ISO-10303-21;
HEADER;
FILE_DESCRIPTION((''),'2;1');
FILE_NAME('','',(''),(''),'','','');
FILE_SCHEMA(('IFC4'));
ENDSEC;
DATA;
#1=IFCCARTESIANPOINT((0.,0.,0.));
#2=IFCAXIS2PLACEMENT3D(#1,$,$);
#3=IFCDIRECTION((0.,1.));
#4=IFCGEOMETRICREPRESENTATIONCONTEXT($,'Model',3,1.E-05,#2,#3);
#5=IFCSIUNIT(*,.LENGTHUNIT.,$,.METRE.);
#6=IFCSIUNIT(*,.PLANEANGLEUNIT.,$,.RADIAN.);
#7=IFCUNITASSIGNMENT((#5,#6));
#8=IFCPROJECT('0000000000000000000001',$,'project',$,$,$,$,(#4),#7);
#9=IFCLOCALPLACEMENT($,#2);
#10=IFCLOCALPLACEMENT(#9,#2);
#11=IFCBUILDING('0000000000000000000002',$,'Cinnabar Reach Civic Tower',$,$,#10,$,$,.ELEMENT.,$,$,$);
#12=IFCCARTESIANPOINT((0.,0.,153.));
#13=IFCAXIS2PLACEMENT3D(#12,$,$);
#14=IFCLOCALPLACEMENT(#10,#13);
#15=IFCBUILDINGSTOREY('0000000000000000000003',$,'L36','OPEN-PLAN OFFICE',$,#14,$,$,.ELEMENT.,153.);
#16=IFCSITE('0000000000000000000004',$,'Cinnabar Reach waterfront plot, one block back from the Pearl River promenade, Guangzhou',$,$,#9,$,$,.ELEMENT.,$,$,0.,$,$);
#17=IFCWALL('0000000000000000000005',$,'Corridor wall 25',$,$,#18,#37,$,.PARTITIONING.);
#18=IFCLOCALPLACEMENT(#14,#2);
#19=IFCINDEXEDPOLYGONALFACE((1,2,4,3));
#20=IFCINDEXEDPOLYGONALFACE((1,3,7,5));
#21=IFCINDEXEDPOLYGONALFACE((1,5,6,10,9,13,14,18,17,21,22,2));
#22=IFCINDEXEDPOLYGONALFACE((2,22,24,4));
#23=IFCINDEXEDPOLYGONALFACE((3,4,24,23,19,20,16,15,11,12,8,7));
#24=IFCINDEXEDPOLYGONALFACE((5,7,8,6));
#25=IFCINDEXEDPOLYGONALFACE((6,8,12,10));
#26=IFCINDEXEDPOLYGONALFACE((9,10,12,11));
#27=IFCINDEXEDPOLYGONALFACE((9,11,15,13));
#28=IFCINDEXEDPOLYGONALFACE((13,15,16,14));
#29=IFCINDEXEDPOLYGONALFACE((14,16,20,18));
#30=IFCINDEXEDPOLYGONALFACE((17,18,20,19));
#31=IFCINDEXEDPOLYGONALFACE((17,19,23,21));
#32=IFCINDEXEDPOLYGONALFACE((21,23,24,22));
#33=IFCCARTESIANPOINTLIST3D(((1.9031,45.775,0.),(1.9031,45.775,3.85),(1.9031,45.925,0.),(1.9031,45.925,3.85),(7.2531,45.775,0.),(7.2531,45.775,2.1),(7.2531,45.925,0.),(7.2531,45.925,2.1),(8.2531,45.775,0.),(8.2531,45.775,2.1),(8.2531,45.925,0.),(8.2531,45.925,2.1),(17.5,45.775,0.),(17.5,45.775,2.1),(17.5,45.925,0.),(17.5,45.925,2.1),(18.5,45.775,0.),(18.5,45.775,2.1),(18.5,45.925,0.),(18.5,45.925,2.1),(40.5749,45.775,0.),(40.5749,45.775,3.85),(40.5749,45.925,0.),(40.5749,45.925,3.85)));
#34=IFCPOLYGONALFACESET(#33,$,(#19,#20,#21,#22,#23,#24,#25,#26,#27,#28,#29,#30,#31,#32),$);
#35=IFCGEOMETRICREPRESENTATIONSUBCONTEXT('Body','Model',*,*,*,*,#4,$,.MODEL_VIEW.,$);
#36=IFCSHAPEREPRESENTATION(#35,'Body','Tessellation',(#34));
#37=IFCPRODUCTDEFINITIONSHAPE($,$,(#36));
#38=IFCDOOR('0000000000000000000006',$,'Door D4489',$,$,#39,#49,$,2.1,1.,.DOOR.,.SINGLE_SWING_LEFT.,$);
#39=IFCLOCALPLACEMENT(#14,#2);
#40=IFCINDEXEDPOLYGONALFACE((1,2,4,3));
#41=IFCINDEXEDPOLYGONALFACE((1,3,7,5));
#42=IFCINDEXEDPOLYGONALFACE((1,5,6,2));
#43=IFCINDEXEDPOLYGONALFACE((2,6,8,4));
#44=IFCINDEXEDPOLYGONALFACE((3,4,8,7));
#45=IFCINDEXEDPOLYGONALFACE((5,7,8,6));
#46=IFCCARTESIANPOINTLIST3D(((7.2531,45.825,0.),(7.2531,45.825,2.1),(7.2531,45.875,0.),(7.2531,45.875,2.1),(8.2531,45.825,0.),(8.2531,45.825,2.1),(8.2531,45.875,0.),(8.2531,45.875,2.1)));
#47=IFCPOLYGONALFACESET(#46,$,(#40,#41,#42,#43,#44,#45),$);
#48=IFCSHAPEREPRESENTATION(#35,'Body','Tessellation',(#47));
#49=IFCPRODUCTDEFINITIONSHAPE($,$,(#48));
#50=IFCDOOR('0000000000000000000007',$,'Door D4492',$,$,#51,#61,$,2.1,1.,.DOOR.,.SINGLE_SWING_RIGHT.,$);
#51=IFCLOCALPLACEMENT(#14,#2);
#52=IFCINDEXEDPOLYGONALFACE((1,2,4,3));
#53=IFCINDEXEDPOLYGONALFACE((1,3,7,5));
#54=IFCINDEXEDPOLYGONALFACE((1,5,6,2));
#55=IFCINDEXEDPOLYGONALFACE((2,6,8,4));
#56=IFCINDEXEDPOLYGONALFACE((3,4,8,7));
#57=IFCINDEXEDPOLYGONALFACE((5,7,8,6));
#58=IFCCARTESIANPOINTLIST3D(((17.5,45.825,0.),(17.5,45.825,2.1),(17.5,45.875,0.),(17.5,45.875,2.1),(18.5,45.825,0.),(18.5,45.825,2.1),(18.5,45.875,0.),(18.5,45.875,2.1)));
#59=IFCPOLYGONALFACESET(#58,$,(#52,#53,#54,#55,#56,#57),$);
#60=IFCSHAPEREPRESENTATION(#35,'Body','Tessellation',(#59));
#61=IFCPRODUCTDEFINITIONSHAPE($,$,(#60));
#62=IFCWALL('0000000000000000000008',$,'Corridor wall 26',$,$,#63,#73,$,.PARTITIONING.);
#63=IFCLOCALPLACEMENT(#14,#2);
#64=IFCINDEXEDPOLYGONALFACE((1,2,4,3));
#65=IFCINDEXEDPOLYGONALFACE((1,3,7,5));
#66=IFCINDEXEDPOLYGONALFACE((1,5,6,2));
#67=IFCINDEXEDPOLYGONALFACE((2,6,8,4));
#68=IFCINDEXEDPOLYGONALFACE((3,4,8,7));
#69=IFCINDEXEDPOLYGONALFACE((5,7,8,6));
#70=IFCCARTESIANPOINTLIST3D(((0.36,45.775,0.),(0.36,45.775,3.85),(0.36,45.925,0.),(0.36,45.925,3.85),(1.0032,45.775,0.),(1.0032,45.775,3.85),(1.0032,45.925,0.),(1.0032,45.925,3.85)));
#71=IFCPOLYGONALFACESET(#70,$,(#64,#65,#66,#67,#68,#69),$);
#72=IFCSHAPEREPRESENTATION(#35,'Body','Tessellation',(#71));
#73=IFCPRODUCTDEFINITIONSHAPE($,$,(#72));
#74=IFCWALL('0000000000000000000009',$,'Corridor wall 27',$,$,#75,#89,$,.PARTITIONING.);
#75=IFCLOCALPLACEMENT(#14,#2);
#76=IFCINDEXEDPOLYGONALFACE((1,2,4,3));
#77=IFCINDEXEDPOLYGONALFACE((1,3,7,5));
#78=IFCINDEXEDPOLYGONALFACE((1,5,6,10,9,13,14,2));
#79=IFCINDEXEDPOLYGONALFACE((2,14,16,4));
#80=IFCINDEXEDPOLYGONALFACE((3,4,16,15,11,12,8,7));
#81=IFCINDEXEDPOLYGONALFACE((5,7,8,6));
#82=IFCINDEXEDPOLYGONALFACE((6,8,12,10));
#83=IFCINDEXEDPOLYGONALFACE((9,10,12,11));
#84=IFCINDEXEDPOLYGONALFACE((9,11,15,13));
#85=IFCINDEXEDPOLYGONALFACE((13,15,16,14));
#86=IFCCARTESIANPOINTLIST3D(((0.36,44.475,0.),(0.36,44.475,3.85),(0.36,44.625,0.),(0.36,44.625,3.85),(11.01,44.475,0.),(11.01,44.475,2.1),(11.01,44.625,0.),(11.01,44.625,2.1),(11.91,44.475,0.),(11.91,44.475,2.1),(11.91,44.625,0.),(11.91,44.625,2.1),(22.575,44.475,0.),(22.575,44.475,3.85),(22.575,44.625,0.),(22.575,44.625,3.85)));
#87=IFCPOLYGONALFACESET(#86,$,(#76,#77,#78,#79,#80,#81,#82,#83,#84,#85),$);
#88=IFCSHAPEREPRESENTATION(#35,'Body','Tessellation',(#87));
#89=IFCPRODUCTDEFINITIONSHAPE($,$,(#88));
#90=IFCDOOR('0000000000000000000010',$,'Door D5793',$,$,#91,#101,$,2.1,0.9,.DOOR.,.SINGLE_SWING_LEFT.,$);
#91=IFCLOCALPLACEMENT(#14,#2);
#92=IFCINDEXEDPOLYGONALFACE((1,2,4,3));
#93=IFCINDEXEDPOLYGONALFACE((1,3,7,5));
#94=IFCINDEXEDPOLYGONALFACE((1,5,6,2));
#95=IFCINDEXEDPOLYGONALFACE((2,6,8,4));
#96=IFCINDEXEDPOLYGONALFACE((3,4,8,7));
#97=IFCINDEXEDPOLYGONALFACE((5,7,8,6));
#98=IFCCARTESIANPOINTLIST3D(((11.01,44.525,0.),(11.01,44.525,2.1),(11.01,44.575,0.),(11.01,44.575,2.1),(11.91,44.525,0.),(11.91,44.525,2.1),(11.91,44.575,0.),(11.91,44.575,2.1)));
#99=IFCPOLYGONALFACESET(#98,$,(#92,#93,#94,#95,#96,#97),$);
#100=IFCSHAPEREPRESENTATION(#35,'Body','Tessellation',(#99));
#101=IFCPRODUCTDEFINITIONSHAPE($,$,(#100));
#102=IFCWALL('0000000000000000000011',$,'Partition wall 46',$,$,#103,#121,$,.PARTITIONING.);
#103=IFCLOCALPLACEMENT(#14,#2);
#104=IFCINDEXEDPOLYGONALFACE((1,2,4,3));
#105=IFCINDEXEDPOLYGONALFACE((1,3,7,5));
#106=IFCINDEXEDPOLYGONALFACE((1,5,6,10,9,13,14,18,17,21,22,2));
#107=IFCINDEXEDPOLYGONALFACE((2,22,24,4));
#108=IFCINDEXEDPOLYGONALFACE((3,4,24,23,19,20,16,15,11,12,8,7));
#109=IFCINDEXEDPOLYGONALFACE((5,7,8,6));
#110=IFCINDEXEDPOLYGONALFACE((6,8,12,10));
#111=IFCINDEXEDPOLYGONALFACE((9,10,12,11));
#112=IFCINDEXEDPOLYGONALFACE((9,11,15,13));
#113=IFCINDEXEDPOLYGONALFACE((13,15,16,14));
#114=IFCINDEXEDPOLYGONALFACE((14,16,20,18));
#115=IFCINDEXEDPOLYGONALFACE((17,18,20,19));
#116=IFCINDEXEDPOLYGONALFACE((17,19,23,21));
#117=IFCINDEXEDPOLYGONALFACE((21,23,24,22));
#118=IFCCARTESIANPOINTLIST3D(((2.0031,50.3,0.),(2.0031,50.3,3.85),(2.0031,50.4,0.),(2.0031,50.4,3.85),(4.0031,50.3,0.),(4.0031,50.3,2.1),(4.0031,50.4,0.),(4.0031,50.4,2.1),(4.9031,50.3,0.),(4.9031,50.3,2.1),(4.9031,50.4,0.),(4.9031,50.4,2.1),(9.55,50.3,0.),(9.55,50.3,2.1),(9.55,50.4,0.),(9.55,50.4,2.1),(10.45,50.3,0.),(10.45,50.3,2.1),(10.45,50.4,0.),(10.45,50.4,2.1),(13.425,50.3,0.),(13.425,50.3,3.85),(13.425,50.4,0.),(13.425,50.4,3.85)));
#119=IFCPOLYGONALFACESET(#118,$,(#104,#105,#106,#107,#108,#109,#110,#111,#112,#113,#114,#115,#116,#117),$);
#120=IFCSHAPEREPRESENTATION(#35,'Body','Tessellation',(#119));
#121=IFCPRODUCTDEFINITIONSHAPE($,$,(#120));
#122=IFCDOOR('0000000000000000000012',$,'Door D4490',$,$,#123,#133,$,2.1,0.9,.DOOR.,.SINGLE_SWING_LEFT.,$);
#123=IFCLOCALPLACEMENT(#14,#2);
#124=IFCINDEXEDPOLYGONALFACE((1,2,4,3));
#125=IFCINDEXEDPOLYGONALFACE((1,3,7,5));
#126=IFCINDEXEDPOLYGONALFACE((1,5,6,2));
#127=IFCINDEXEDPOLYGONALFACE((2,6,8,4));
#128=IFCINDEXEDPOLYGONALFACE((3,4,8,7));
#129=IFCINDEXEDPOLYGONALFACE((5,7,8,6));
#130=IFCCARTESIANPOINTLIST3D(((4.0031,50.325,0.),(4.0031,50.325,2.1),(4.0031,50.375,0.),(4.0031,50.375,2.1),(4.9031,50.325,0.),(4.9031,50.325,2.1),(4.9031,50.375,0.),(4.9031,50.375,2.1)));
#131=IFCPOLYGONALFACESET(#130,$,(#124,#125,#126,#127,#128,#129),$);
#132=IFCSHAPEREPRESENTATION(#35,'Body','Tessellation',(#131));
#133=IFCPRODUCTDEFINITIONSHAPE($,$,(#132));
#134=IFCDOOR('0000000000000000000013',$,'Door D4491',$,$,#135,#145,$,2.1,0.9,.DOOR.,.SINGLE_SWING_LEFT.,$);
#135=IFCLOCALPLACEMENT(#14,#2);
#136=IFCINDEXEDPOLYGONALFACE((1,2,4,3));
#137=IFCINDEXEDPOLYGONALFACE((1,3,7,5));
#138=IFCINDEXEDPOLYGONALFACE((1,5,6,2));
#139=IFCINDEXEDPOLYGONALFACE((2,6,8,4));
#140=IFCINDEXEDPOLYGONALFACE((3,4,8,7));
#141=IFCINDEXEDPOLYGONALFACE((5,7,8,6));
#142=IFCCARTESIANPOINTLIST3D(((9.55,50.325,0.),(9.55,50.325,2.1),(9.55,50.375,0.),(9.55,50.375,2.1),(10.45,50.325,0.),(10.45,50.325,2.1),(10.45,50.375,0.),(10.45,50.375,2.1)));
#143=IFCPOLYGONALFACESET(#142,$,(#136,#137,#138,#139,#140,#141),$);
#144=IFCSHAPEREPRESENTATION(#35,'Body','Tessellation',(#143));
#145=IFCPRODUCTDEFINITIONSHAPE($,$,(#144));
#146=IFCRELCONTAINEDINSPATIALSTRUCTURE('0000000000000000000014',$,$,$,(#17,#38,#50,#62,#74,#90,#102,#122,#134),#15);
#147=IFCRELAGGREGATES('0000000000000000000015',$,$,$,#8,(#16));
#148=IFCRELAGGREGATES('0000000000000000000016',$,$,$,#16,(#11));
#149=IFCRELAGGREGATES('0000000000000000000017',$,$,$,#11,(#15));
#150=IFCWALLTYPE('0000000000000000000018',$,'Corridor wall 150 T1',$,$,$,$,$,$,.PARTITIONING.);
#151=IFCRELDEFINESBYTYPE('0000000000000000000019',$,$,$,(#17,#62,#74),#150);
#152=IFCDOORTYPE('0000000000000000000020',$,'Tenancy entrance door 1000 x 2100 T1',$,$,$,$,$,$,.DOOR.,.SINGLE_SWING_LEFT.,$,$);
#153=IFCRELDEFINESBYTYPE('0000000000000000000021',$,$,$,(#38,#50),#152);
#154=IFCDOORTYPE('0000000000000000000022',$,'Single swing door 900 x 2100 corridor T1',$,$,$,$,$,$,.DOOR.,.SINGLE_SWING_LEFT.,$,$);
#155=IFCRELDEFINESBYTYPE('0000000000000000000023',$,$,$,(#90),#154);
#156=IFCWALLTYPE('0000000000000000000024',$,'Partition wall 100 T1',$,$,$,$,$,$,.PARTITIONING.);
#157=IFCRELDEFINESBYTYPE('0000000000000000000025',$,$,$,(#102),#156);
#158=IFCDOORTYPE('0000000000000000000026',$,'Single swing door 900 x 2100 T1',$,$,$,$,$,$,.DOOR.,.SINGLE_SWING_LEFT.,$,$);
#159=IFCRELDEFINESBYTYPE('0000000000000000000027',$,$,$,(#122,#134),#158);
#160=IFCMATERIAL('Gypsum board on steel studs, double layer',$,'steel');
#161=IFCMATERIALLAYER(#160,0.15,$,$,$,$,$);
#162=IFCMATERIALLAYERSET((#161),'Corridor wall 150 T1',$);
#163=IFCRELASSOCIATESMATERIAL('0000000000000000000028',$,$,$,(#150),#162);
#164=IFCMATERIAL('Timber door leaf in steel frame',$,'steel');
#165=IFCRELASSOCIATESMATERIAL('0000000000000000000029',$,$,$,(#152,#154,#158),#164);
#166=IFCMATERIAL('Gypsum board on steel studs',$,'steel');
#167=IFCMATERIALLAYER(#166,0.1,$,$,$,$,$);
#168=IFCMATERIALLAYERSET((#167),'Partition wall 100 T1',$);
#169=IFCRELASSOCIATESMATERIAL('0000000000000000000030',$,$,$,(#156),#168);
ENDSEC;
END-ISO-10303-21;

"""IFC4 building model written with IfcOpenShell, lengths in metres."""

from ifc_helpers import new_model, si_unit, direction, frame, frame_2d, origin, place, context, subcontext, project, spatial, rectangle, extrude, material, layer, layer_set, type_object, element, fill, save


model = new_model("IFC4")

# Units and contexts
model_context = context("Model", 3, precision=1e-05, world=origin(), true_north=direction((0.0, 1.0)))
body_context = subcontext(model_context, "Body", "Model", "MODEL_VIEW")
ifc_project = project(units=[si_unit("LENGTHUNIT", "METRE"), si_unit("PLANEANGLEUNIT", "RADIAN")], contexts=[model_context])

# Site, building, storey
site_placement = place(None, origin())
site = spatial("IfcSite", under=ifc_project, at=site_placement, Name="Cinnabar Reach waterfront plot, one block back from the Pearl River promenade, Guangzhou", CompositionType="ELEMENT", RefElevation=0.0)
building_placement = place(site_placement, origin())
building = spatial("IfcBuilding", under=site, at=building_placement, Name="Cinnabar Reach Civic Tower", CompositionType="ELEMENT")
storey_placement = place(building_placement, frame((0.0, 0.0, 153.0)))
storey = spatial("IfcBuildingStorey", under=building, at=storey_placement, Name="L36", Description="OPEN-PLAN OFFICE", CompositionType="ELEMENT", Elevation=153.0)

# Wall, openings, doors
ifc_material_1 = material(Name="Gypsum board on steel studs, double layer", Category="steel")
ifc_layer_1 = layer(ifc_material_1, 0.15)
ifc_layer_set_1 = layer_set([ifc_layer_1], Name="Corridor wall 150 T1")
wall_type_1 = type_object("IfcWallType", Name="Corridor wall 150 T1", PredefinedType="PARTITIONING", material=ifc_layer_set_1)
wall_1_placement = place(storey_placement, frame((1.9031, 45.85, 0.0), z_axis=(0.0, 0.0, 1.0), x_axis=(1.0, 0.0, 0.0)))
wall_1 = element("IfcWall", 1, at=wall_1_placement, inside=storey, type_object=wall_type_1, Name="Corridor wall 25", PredefinedType="PARTITIONING", context=body_context, shape_type="SweptSolid", body=[
    extrude(rectangle(XDim=38.6718, YDim=0.15, at=frame_2d((19.3359, 0.0))), origin(), (0.0, 0.0, 1.0), 3.85),
])
opening_1_placement = place(wall_1_placement, frame((5.35, 0.0, 0.0)))
opening_1 = element("IfcOpeningElement", 2, at=opening_1_placement, cuts=wall_1, PredefinedType="OPENING", context=body_context, shape_type="SweptSolid", body=[
    extrude(rectangle(XDim=1.0, YDim=2.1, at=frame_2d((0.5, 1.05))), frame((0.0, 0.085, 0.0), z_axis=(0.0, -1.0, 0.0), x_axis=(1.0, 0.0, 0.0)), (0.0, 0.0, 1.0), 0.17),
])
opening_2_placement = place(wall_1_placement, frame((15.5969, 0.0, 0.0)))
opening_2 = element("IfcOpeningElement", 3, at=opening_2_placement, cuts=wall_1, PredefinedType="OPENING", context=body_context, shape_type="SweptSolid", body=[
    extrude(rectangle(XDim=1.0, YDim=2.1, at=frame_2d((0.5, 1.05))), frame((0.0, 0.085, 0.0), z_axis=(0.0, -1.0, 0.0), x_axis=(1.0, 0.0, 0.0)), (0.0, 0.0, 1.0), 0.17),
])
ifc_material_2 = material(Name="Timber door leaf in steel frame", Category="steel")
door_type_1 = type_object("IfcDoorType", Name="Tenancy entrance door 1000 x 2100 T1", OperationType="SINGLE_SWING_LEFT", PredefinedType="DOOR", material=ifc_material_2)
door_1_placement = place(opening_1_placement, origin())
door_1 = element("IfcDoor", 4, at=door_1_placement, inside=storey, type_object=door_type_1, Name="Door D4489", OperationType="SINGLE_SWING_LEFT", OverallHeight=2.1, OverallWidth=1.0, PredefinedType="DOOR", context=body_context, shape_type="SweptSolid", body=[
    extrude(rectangle(XDim=1.0, YDim=2.1, at=frame_2d((0.5, 1.05))), frame((0.0, 0.025, 0.0), z_axis=(0.0, -1.0, 0.0), x_axis=(1.0, 0.0, 0.0)), (0.0, 0.0, 1.0), 0.05),
])
fill(opening_1, door_1)
door_2_placement = place(opening_2_placement, origin())
door_2 = element("IfcDoor", 5, at=door_2_placement, inside=storey, type_object=door_type_1, Name="Door D4492", OperationType="SINGLE_SWING_RIGHT", OverallHeight=2.1, OverallWidth=1.0, PredefinedType="DOOR", context=body_context, shape_type="SweptSolid", body=[
    extrude(rectangle(XDim=1.0, YDim=2.1, at=frame_2d((0.5, 1.05))), frame((0.0, 0.025, 0.0), z_axis=(0.0, -1.0, 0.0), x_axis=(1.0, 0.0, 0.0)), (0.0, 0.0, 1.0), 0.05),
])
fill(opening_2, door_2)

# Wall
wall_2_placement = place(storey_placement, frame((0.36, 45.85, 0.0), z_axis=(0.0, 0.0, 1.0), x_axis=(1.0, 0.0, 0.0)))
element("IfcWall", 6, at=wall_2_placement, inside=storey, type_object=wall_type_1, Name="Corridor wall 26", PredefinedType="PARTITIONING", context=body_context, shape_type="SweptSolid", body=[
    extrude(rectangle(XDim=0.6431, YDim=0.15, at=frame_2d((0.3216, 0.0))), origin(), (0.0, 0.0, 1.0), 3.85),
])

# Wall, opening, door
wall_3_placement = place(storey_placement, frame((0.36, 44.55, 0.0), z_axis=(0.0, 0.0, 1.0), x_axis=(1.0, 0.0, 0.0)))
wall_3 = element("IfcWall", 7, at=wall_3_placement, inside=storey, type_object=wall_type_1, Name="Corridor wall 27", PredefinedType="PARTITIONING", context=body_context, shape_type="SweptSolid", body=[
    extrude(rectangle(XDim=22.215, YDim=0.15, at=frame_2d((11.1075, 0.0))), origin(), (0.0, 0.0, 1.0), 3.85),
])
opening_3_placement = place(wall_3_placement, frame((10.65, 0.0, 0.0)))
opening_3 = element("IfcOpeningElement", 8, at=opening_3_placement, cuts=wall_3, PredefinedType="OPENING", context=body_context, shape_type="SweptSolid", body=[
    extrude(rectangle(XDim=0.9, YDim=2.1, at=frame_2d((0.45, 1.05))), frame((0.0, 0.085, 0.0), z_axis=(0.0, -1.0, 0.0), x_axis=(1.0, 0.0, 0.0)), (0.0, 0.0, 1.0), 0.17),
])
door_type_2 = type_object("IfcDoorType", Name="Single swing door 900 x 2100 corridor T1", OperationType="SINGLE_SWING_LEFT", PredefinedType="DOOR", material=ifc_material_2)
door_3_placement = place(opening_3_placement, frame((0.9, 0.0, 0.0), z_axis=(0.0, 0.0, 1.0), x_axis=(-1.0, 0.0, 0.0)))
door_3 = element("IfcDoor", 9, at=door_3_placement, inside=storey, type_object=door_type_2, Name="Door D5793", OperationType="SINGLE_SWING_LEFT", OverallHeight=2.1, OverallWidth=0.9, PredefinedType="DOOR", context=body_context, shape_type="SweptSolid", body=[
    extrude(rectangle(XDim=0.9, YDim=2.1, at=frame_2d((0.45, 1.05))), frame((0.0, 0.025, 0.0), z_axis=(0.0, -1.0, 0.0), x_axis=(1.0, 0.0, 0.0)), (0.0, 0.0, 1.0), 0.05),
])
fill(opening_3, door_3)

# Wall, openings, doors
ifc_material_3 = material(Name="Gypsum board on steel studs", Category="steel")
ifc_layer_2 = layer(ifc_material_3, 0.1)
ifc_layer_set_2 = layer_set([ifc_layer_2], Name="Partition wall 100 T1")
wall_type_2 = type_object("IfcWallType", Name="Partition wall 100 T1", PredefinedType="PARTITIONING", material=ifc_layer_set_2)
wall_4_placement = place(storey_placement, frame((2.0031, 50.35, 0.0), z_axis=(0.0, 0.0, 1.0), x_axis=(1.0, 0.0, 0.0)))
wall_4 = element("IfcWall", 10, at=wall_4_placement, inside=storey, type_object=wall_type_2, Name="Partition wall 46", PredefinedType="PARTITIONING", context=body_context, shape_type="SweptSolid", body=[
    extrude(rectangle(XDim=11.4219, YDim=0.1, at=frame_2d((5.711, 0.0))), origin(), (0.0, 0.0, 1.0), 3.85),
])
opening_4_placement = place(wall_4_placement, frame((2.0, 0.0, 0.0)))
opening_4 = element("IfcOpeningElement", 11, at=opening_4_placement, cuts=wall_4, PredefinedType="OPENING", context=body_context, shape_type="SweptSolid", body=[
    extrude(rectangle(XDim=0.9, YDim=2.1, at=frame_2d((0.45, 1.05))), frame((0.0, 0.06, 0.0), z_axis=(0.0, -1.0, 0.0), x_axis=(1.0, 0.0, 0.0)), (0.0, 0.0, 1.0), 0.12),
])
opening_5_placement = place(wall_4_placement, frame((7.5469, 0.0, 0.0)))
opening_5 = element("IfcOpeningElement", 12, at=opening_5_placement, cuts=wall_4, PredefinedType="OPENING", context=body_context, shape_type="SweptSolid", body=[
    extrude(rectangle(XDim=0.9, YDim=2.1, at=frame_2d((0.45, 1.05))), frame((0.0, 0.06, 0.0), z_axis=(0.0, -1.0, 0.0), x_axis=(1.0, 0.0, 0.0)), (0.0, 0.0, 1.0), 0.12),
])
door_type_3 = type_object("IfcDoorType", Name="Single swing door 900 x 2100 T1", OperationType="SINGLE_SWING_LEFT", PredefinedType="DOOR", material=ifc_material_2)
door_4_placement = place(opening_4_placement, origin())
door_4 = element("IfcDoor", 13, at=door_4_placement, inside=storey, type_object=door_type_3, Name="Door D4490", OperationType="SINGLE_SWING_LEFT", OverallHeight=2.1, OverallWidth=0.9, PredefinedType="DOOR", context=body_context, shape_type="SweptSolid", body=[
    extrude(rectangle(XDim=0.9, YDim=2.1, at=frame_2d((0.45, 1.05))), frame((0.0, 0.025, 0.0), z_axis=(0.0, -1.0, 0.0), x_axis=(1.0, 0.0, 0.0)), (0.0, 0.0, 1.0), 0.05),
])
fill(opening_4, door_4)
door_5_placement = place(opening_5_placement, origin())
door_5 = element("IfcDoor", 14, at=door_5_placement, inside=storey, type_object=door_type_3, Name="Door D4491", OperationType="SINGLE_SWING_LEFT", OverallHeight=2.1, OverallWidth=0.9, PredefinedType="DOOR", context=body_context, shape_type="SweptSolid", body=[
    extrude(rectangle(XDim=0.9, YDim=2.1, at=frame_2d((0.45, 1.05))), frame((0.0, 0.025, 0.0), z_axis=(0.0, -1.0, 0.0), x_axis=(1.0, 0.0, 0.0)), (0.0, 0.0, 1.0), 0.05),
])
fill(opening_5, door_5)

save(model, "model.ifc")
